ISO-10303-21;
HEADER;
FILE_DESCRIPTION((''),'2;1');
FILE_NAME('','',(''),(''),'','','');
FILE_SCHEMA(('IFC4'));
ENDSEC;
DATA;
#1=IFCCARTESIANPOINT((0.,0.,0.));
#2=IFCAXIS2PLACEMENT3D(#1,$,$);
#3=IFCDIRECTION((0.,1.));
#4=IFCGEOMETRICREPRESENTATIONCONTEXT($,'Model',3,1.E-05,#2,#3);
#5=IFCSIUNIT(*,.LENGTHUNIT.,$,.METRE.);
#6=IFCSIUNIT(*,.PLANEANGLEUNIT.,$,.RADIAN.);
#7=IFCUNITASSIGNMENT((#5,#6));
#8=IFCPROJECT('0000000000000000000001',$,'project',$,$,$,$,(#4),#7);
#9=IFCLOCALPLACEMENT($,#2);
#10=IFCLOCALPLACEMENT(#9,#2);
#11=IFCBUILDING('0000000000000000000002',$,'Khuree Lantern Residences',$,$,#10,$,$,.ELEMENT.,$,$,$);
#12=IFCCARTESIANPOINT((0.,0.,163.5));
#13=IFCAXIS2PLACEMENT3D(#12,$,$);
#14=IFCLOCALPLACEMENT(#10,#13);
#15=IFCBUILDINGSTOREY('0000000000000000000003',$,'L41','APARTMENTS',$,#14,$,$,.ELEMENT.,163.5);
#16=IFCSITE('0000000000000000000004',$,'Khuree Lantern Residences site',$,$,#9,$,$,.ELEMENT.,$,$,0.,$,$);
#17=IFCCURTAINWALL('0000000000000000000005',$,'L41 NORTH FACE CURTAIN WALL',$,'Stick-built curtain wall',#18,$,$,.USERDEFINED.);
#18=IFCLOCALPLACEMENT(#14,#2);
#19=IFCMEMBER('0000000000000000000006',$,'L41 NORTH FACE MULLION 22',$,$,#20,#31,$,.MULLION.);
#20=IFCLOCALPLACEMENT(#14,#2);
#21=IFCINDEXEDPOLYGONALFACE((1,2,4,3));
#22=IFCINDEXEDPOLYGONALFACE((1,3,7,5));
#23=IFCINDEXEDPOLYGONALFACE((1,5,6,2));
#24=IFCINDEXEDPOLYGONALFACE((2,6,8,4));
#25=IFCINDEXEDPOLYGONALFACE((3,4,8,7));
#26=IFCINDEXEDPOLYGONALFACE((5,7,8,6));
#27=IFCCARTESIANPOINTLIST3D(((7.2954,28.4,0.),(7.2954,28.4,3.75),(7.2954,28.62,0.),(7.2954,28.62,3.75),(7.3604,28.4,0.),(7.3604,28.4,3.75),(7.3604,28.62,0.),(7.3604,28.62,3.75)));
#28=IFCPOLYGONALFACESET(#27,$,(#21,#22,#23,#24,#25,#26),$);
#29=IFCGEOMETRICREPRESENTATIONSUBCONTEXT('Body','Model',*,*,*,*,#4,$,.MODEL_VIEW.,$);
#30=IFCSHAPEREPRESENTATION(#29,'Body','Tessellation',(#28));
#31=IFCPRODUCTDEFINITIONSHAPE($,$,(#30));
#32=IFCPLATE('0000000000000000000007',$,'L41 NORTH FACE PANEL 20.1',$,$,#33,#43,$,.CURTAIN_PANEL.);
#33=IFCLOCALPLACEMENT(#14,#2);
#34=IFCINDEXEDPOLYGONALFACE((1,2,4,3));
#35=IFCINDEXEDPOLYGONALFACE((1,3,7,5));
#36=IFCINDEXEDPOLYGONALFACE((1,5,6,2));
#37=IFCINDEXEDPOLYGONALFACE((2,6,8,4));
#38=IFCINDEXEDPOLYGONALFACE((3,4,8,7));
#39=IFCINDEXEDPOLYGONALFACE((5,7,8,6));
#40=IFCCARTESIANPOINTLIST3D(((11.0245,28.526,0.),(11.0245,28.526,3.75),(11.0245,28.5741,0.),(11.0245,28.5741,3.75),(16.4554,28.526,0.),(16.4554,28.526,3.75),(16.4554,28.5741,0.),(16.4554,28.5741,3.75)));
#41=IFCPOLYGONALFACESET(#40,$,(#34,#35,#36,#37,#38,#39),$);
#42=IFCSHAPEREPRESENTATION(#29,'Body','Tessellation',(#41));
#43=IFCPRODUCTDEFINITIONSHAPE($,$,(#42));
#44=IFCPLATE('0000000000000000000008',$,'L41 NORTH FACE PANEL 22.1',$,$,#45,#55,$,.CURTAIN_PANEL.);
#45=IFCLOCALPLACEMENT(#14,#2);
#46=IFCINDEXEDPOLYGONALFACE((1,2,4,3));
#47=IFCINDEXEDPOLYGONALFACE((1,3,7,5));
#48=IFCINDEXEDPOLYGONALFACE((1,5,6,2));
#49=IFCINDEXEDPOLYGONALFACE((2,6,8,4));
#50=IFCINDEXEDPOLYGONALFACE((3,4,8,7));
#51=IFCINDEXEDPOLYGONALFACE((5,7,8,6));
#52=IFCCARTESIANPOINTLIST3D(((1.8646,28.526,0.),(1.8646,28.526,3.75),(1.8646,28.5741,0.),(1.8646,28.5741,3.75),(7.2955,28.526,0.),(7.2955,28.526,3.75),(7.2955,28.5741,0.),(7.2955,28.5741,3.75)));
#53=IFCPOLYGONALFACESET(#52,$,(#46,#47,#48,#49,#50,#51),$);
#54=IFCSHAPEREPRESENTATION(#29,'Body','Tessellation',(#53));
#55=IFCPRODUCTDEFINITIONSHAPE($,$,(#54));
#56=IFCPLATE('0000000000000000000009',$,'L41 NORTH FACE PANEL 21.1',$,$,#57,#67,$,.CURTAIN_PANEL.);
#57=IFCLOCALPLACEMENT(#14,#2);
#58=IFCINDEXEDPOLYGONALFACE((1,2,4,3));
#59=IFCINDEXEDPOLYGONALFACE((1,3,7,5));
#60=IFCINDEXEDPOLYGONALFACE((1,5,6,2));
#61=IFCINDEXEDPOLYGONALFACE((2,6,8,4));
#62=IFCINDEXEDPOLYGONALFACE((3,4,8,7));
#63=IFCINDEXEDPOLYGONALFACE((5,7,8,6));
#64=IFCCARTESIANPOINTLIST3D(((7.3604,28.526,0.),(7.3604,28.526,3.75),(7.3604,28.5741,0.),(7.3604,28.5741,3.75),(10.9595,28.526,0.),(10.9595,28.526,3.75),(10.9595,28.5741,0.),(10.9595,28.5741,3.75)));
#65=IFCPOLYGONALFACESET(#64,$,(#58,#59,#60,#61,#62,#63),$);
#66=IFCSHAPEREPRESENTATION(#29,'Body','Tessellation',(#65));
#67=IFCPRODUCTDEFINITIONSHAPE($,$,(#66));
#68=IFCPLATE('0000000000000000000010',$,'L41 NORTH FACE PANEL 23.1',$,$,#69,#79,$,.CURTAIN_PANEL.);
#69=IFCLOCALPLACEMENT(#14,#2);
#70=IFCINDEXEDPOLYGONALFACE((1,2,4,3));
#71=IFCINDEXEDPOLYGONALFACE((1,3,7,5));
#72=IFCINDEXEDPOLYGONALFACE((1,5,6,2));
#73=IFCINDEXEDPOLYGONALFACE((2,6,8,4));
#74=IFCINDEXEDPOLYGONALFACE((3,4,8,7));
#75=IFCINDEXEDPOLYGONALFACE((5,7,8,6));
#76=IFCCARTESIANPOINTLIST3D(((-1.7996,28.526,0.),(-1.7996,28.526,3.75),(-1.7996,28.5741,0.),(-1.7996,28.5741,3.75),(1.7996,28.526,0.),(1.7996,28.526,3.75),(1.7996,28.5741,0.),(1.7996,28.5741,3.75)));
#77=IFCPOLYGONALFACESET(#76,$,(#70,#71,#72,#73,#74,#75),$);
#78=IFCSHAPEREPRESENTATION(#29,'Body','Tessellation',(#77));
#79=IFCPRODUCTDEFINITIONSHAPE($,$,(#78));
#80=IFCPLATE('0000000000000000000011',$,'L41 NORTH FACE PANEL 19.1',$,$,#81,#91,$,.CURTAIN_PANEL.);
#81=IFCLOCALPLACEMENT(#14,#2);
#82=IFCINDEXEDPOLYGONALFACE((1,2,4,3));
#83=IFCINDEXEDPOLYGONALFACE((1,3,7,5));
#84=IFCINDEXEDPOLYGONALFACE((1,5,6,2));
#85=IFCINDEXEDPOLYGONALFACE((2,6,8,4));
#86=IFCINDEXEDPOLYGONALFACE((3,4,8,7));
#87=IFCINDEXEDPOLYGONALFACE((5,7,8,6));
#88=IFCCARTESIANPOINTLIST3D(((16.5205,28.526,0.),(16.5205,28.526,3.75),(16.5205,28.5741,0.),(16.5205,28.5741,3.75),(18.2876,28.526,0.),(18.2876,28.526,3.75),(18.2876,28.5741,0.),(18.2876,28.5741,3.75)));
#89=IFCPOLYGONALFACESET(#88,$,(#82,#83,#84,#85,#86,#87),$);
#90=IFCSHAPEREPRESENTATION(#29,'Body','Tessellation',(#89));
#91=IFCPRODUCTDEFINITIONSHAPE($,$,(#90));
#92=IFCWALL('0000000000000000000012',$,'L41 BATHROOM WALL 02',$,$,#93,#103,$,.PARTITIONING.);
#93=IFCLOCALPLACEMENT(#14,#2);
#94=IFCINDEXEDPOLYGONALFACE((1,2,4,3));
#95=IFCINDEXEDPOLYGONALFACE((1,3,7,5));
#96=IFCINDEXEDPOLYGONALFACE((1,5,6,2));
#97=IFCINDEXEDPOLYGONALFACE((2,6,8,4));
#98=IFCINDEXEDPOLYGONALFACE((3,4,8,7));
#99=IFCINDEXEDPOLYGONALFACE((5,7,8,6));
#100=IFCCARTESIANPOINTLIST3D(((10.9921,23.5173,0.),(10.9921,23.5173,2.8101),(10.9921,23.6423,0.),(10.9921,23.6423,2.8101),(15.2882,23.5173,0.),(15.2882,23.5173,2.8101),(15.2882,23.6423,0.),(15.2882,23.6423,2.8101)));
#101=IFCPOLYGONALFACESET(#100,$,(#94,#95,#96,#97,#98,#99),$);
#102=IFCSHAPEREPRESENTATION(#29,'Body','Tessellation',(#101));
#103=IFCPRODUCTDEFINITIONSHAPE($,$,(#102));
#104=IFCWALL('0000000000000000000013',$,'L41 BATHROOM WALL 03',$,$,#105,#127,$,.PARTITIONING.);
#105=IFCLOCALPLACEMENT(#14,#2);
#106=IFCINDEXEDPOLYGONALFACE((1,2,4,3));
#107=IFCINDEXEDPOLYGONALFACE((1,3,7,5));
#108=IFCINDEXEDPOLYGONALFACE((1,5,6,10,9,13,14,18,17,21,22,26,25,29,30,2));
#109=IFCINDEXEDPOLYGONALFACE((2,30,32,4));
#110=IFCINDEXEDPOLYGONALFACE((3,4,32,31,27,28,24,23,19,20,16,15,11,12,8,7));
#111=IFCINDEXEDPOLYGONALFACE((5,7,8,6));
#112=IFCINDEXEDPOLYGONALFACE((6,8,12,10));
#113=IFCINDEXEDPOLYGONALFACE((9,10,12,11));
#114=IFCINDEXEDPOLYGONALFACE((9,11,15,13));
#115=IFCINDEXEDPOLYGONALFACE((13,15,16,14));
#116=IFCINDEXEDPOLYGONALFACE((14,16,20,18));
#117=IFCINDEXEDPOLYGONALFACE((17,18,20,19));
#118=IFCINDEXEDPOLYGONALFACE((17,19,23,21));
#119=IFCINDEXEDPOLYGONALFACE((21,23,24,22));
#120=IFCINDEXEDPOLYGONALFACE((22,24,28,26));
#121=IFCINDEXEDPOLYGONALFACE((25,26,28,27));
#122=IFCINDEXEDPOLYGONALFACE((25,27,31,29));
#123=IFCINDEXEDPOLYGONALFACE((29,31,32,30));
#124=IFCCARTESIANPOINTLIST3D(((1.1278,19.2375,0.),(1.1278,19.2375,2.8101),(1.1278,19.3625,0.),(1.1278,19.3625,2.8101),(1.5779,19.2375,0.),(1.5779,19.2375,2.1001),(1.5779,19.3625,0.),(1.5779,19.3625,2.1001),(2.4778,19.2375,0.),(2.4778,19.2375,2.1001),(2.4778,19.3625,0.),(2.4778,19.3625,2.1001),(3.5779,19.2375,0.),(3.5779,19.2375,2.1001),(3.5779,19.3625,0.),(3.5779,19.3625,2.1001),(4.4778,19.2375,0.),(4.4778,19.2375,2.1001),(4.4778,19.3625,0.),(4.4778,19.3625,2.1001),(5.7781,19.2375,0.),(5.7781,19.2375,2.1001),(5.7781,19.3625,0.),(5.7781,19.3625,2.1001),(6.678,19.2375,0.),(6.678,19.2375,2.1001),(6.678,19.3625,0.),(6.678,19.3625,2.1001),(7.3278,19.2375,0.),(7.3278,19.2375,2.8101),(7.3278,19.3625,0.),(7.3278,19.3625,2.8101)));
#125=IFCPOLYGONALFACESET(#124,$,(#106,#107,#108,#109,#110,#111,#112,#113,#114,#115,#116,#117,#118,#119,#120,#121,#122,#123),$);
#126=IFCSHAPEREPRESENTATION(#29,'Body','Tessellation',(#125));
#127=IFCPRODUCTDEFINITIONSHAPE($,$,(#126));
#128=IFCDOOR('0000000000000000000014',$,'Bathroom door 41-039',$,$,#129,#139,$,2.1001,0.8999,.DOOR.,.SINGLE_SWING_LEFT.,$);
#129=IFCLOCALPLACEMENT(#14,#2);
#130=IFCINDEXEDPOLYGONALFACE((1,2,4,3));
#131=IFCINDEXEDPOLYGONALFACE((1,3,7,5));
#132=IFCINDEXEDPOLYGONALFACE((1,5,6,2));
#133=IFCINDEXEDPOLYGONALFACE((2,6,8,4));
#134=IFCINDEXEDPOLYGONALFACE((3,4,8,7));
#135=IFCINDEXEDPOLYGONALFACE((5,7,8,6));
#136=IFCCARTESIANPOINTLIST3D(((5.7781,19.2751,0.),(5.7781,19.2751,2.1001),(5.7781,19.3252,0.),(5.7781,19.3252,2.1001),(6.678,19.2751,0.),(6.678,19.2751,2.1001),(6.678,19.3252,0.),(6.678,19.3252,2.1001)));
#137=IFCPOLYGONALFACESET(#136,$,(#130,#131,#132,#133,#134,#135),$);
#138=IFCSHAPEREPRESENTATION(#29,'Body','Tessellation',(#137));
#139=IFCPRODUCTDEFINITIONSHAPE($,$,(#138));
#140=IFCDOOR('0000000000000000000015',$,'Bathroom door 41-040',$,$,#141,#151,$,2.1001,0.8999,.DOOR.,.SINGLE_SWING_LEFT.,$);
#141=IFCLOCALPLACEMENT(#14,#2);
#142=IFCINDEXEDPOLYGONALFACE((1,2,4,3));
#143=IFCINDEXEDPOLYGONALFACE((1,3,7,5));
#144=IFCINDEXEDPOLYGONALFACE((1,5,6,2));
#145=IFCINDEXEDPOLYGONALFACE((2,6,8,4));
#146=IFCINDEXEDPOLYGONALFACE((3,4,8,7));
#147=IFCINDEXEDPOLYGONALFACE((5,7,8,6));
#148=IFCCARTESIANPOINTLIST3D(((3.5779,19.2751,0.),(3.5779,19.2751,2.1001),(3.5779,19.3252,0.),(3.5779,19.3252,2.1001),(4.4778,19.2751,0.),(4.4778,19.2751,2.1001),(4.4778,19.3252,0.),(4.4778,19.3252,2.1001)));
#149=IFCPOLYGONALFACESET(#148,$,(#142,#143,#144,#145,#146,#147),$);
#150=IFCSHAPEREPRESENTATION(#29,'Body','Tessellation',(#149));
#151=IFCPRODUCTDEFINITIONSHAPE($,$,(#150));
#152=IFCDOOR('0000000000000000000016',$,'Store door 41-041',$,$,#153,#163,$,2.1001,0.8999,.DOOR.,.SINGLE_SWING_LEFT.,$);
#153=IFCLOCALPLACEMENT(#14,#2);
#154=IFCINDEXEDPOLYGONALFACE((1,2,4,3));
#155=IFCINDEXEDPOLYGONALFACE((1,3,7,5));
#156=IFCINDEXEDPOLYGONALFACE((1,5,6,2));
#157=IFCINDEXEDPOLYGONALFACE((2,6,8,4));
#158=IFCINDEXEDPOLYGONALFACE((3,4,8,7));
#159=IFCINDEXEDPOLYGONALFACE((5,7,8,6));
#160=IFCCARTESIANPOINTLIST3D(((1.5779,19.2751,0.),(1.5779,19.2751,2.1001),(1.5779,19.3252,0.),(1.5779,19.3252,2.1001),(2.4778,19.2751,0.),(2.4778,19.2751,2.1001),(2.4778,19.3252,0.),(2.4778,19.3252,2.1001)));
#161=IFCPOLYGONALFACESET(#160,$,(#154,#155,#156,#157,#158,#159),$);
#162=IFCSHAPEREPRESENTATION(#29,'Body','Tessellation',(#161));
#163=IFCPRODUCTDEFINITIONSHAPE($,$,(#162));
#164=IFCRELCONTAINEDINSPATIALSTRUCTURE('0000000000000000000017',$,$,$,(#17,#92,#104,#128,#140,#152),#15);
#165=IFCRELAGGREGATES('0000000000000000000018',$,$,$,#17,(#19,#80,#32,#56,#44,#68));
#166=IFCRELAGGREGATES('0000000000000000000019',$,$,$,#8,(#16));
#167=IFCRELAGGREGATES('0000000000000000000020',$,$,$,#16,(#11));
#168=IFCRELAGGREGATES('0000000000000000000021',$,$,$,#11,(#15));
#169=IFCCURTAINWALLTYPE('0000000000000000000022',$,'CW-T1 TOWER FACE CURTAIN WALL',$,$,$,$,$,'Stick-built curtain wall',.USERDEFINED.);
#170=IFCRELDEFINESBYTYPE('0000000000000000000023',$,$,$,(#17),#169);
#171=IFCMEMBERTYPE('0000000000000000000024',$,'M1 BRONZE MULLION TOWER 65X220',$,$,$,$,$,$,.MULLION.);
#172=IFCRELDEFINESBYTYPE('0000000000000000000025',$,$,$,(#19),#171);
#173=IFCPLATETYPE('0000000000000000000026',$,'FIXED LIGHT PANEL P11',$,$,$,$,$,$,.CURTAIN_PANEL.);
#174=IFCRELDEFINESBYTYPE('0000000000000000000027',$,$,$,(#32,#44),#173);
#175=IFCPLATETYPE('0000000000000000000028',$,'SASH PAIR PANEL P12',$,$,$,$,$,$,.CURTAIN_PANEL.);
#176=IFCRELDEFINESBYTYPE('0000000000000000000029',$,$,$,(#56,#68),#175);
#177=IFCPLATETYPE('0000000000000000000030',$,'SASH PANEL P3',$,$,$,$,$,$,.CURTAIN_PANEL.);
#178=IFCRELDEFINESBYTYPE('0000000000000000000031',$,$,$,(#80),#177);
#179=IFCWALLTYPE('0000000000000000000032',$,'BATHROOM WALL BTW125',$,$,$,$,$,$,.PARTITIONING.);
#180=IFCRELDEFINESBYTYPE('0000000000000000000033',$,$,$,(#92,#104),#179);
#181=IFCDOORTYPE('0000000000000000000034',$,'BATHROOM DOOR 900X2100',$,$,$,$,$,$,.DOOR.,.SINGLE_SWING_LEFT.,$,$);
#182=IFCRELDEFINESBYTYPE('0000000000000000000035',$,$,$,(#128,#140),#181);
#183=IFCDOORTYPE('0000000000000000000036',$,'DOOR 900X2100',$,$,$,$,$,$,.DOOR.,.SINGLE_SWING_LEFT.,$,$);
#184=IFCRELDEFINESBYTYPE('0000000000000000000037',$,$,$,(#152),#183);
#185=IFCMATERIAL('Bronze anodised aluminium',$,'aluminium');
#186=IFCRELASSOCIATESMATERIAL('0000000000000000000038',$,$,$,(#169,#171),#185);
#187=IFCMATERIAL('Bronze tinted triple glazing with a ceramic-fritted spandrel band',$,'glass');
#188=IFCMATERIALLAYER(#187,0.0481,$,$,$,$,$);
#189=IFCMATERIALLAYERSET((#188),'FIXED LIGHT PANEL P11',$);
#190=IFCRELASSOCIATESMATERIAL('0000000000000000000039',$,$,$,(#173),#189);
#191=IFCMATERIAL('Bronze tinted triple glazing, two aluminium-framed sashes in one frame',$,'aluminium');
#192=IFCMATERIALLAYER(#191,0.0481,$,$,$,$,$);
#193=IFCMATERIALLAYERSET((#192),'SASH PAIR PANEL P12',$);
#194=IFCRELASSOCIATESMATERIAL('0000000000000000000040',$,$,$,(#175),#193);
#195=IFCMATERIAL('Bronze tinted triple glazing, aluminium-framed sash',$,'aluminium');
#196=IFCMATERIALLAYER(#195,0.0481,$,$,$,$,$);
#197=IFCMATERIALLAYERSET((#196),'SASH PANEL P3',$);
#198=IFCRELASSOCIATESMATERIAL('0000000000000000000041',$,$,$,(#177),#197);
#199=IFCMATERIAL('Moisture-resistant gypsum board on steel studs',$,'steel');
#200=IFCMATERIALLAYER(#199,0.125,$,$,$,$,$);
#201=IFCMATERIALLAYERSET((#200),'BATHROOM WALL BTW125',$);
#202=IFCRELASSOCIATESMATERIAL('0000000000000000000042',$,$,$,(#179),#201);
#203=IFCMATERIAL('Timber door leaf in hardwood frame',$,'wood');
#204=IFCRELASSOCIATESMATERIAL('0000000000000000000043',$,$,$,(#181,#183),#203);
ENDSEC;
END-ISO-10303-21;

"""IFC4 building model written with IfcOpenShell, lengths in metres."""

from ifc_helpers import new_model, si_unit, direction, frame, frame_2d, origin, origin_2d, place, context, subcontext, project, spatial, rectangle, extrude, material, layer, layer_set, material_profile, profile_set, type_object, element, fill, aggregate, save


model = new_model("IFC4")

# Units and contexts
model_context = context("Model", 3, precision=1e-05, world=origin(), true_north=direction((0.0, 1.0)))
body_context = subcontext(model_context, "Body", "Model", "MODEL_VIEW")
ifc_project = project(units=[si_unit("LENGTHUNIT", "METRE"), si_unit("PLANEANGLEUNIT", "RADIAN")], contexts=[model_context])

# Site, building, storey
site_placement = place(None, origin())
site = spatial("IfcSite", under=ifc_project, at=site_placement, Name="Khuree Lantern Residences site", CompositionType="ELEMENT", RefElevation=0.0)
building_placement = place(site_placement, origin())
building = spatial("IfcBuilding", under=site, at=building_placement, Name="Khuree Lantern Residences", CompositionType="ELEMENT")
storey_placement = place(building_placement, frame((0.0, 0.0, 163.5)))
storey = spatial("IfcBuildingStorey", under=building, at=storey_placement, Name="L41", Description="APARTMENTS", CompositionType="ELEMENT", Elevation=163.5)

# Curtain wall
ifc_material_1 = material(Name="Bronze anodised aluminium", Category="aluminium")
curtain_wall_type = type_object("IfcCurtainWallType", Name="CW-T1 TOWER FACE CURTAIN WALL", ElementType="Stick-built curtain wall", PredefinedType="USERDEFINED", material=ifc_material_1)
curtain_wall_placement = place(storey_placement, origin())
curtain_wall = element("IfcCurtainWall", 1, at=curtain_wall_placement, inside=storey, type_object=curtain_wall_type, Name="L41 NORTH FACE CURTAIN WALL", ObjectType="Stick-built curtain wall", PredefinedType="USERDEFINED")

# Member
ifc_material_profile_1 = material_profile(ifc_material_1, rectangle(XDim=0.0649, YDim=0.22, at=origin_2d()), Name="M1 65X220")
ifc_profile_set_1 = profile_set([ifc_material_profile_1], Name="Bronze anodised aluminium")
member_type_1 = type_object("IfcMemberType", Name="M1 BRONZE MULLION TOWER 65X220", PredefinedType="MULLION", material=ifc_profile_set_1)
member_1_placement = place(storey_placement, frame((7.3279, 28.51, 0.0), z_axis=(0.0, 0.0, 1.0), x_axis=(-1.0, 0.0, 0.0)))
member_1 = element("IfcMember", 2, at=member_1_placement, type_object=member_type_1, Name="L41 NORTH FACE MULLION 22", PredefinedType="MULLION", context=body_context, shape_type="SweptSolid", body=[
    extrude(rectangle(XDim=0.0649, YDim=0.22, at=origin_2d()), origin(), (0.0, 0.0, 1.0), 3.75),
])

# Plates
ifc_material_2 = material(Name="Bronze tinted triple glazing with a ceramic-fritted spandrel band", Category="glass")
ifc_layer_1 = layer(ifc_material_2, 0.0481)
ifc_layer_set_1 = layer_set([ifc_layer_1], Name="FIXED LIGHT PANEL P11")
plate_type_1 = type_object("IfcPlateType", Name="FIXED LIGHT PANEL P11", PredefinedType="CURTAIN_PANEL", material=ifc_layer_set_1)
plate_1_placement = place(storey_placement, frame((13.74, 28.55, 0.0), z_axis=(0.0, 0.0, 1.0), x_axis=(-1.0, 0.0, 0.0)))
plate_1 = element("IfcPlate", 3, at=plate_1_placement, type_object=plate_type_1, Name="L41 NORTH FACE PANEL 20.1", PredefinedType="CURTAIN_PANEL", context=body_context, shape_type="SweptSolid", body=[
    extrude(rectangle(XDim=5.4309, YDim=0.0481, at=origin_2d()), origin(), (0.0, 0.0, 1.0), 3.75),
])
plate_2_placement = place(storey_placement, frame((4.5801, 28.55, 0.0), z_axis=(0.0, 0.0, 1.0), x_axis=(-1.0, 0.0, 0.0)))
plate_2 = element("IfcPlate", 4, at=plate_2_placement, type_object=plate_type_1, Name="L41 NORTH FACE PANEL 22.1", PredefinedType="CURTAIN_PANEL", context=body_context, shape_type="SweptSolid", body=[
    extrude(rectangle(XDim=5.4309, YDim=0.0481, at=origin_2d()), origin(), (0.0, 0.0, 1.0), 3.75),
])
ifc_material_3 = material(Name="Bronze tinted triple glazing, two aluminium-framed sashes in one frame", Category="aluminium")
ifc_layer_2 = layer(ifc_material_3, 0.0481)
ifc_layer_set_2 = layer_set([ifc_layer_2], Name="SASH PAIR PANEL P12")
plate_type_2 = type_object("IfcPlateType", Name="SASH PAIR PANEL P12", PredefinedType="CURTAIN_PANEL", material=ifc_layer_set_2)
plate_3_placement = place(storey_placement, frame((9.1599, 28.55, 0.0), z_axis=(0.0, 0.0, 1.0), x_axis=(-1.0, 0.0, 0.0)))
plate_3 = element("IfcPlate", 5, at=plate_3_placement, type_object=plate_type_2, Name="L41 NORTH FACE PANEL 21.1", PredefinedType="CURTAIN_PANEL", context=body_context, shape_type="SweptSolid", body=[
    extrude(rectangle(XDim=3.5991, YDim=0.0481, at=origin_2d()), origin(), (0.0, 0.0, 1.0), 3.75),
])
plate_4_placement = place(storey_placement, frame((0.0, 28.55, 0.0), z_axis=(0.0, 0.0, 1.0), x_axis=(-1.0, 0.0, 0.0)))
plate_4 = element("IfcPlate", 6, at=plate_4_placement, type_object=plate_type_2, Name="L41 NORTH FACE PANEL 23.1", PredefinedType="CURTAIN_PANEL", context=body_context, shape_type="SweptSolid", body=[
    extrude(rectangle(XDim=3.5991, YDim=0.0481, at=origin_2d()), origin(), (0.0, 0.0, 1.0), 3.75),
])
ifc_material_4 = material(Name="Bronze tinted triple glazing, aluminium-framed sash", Category="aluminium")
ifc_layer_3 = layer(ifc_material_4, 0.0481)
ifc_layer_set_3 = layer_set([ifc_layer_3], Name="SASH PANEL P3")
plate_type_3 = type_object("IfcPlateType", Name="SASH PANEL P3", PredefinedType="CURTAIN_PANEL", material=ifc_layer_set_3)
plate_5_placement = place(storey_placement, frame((17.4041, 28.55, 0.0), z_axis=(0.0, 0.0, 1.0), x_axis=(-1.0, 0.0, 0.0)))
plate_5 = element("IfcPlate", 7, at=plate_5_placement, type_object=plate_type_3, Name="L41 NORTH FACE PANEL 19.1", PredefinedType="CURTAIN_PANEL", context=body_context, shape_type="SweptSolid", body=[
    extrude(rectangle(XDim=1.7671, YDim=0.0481, at=origin_2d()), origin(), (0.0, 0.0, 1.0), 3.75),
])
aggregate(curtain_wall, [member_1, plate_5, plate_1, plate_3, plate_2, plate_4])

# Wall
ifc_material_5 = material(Name="Moisture-resistant gypsum board on steel studs", Category="steel")
ifc_layer_4 = layer(ifc_material_5, 0.125)
ifc_layer_set_4 = layer_set([ifc_layer_4], Name="BATHROOM WALL BTW125")
wall_type_1 = type_object("IfcWallType", Name="BATHROOM WALL BTW125", PredefinedType="PARTITIONING", material=ifc_layer_set_4)
wall_1_placement = place(storey_placement, frame((15.2881, 23.5798, 0.0), z_axis=(0.0, 0.0, 1.0), x_axis=(-1.0, 0.0, 0.0)))
element("IfcWall", 8, at=wall_1_placement, inside=storey, type_object=wall_type_1, Name="L41 BATHROOM WALL 02", PredefinedType="PARTITIONING", context=body_context, shape_type="SweptSolid", body=[
    extrude(rectangle(XDim=4.2961, YDim=0.125, at=frame_2d((2.1479, 0.0))), origin(), (0.0, 0.0, 1.0), 2.8101),
])

# Wall, openings, doors
wall_2_placement = place(storey_placement, frame((7.3279, 19.3, 0.0), z_axis=(0.0, 0.0, 1.0), x_axis=(-1.0, 0.0, 0.0)))
wall_2 = element("IfcWall", 9, at=wall_2_placement, inside=storey, type_object=wall_type_1, Name="L41 BATHROOM WALL 03", PredefinedType="PARTITIONING", context=body_context, shape_type="SweptSolid", body=[
    extrude(rectangle(XDim=6.2, YDim=0.125, at=frame_2d((3.1001, 0.0))), origin(), (0.0, 0.0, 1.0), 2.8101),
])
opening_1_placement = place(wall_2_placement, frame((0.6499, 0.0, 0.0)))
opening_1 = element("IfcOpeningElement", 10, at=opening_1_placement, cuts=wall_2, PredefinedType="OPENING", context=body_context, shape_type="SweptSolid", body=[
    extrude(rectangle(XDim=0.8999, YDim=2.1001, at=frame_2d((0.45, 1.05))), frame((0.0, 0.0725, 0.0), z_axis=(0.0, -1.0, 0.0), x_axis=(1.0, 0.0, 0.0)), (0.0, 0.0, 1.0), 0.145),
])
opening_2_placement = place(wall_2_placement, frame((2.8501, 0.0, 0.0)))
opening_2 = element("IfcOpeningElement", 11, at=opening_2_placement, cuts=wall_2, PredefinedType="OPENING", context=body_context, shape_type="SweptSolid", body=[
    extrude(rectangle(XDim=0.8999, YDim=2.1001, at=frame_2d((0.45, 1.05))), frame((0.0, 0.0725, 0.0), z_axis=(0.0, -1.0, 0.0), x_axis=(1.0, 0.0, 0.0)), (0.0, 0.0, 1.0), 0.145),
])
opening_3_placement = place(wall_2_placement, frame((4.8501, 0.0, 0.0)))
opening_3 = element("IfcOpeningElement", 12, at=opening_3_placement, cuts=wall_2, PredefinedType="OPENING", context=body_context, shape_type="SweptSolid", body=[
    extrude(rectangle(XDim=0.8999, YDim=2.1001, at=frame_2d((0.45, 1.05))), frame((0.0, 0.0725, 0.0), z_axis=(0.0, -1.0, 0.0), x_axis=(1.0, 0.0, 0.0)), (0.0, 0.0, 1.0), 0.145),
])
ifc_material_6 = material(Name="Timber door leaf in hardwood frame", Category="wood")
door_type_1 = type_object("IfcDoorType", Name="BATHROOM DOOR 900X2100", OperationType="SINGLE_SWING_LEFT", PredefinedType="DOOR", material=ifc_material_6)
door_1_placement = place(opening_1_placement, origin())
door_1 = element("IfcDoor", 13, at=door_1_placement, inside=storey, type_object=door_type_1, Name="Bathroom door 41-039", OperationType="SINGLE_SWING_LEFT", OverallHeight=2.1001, OverallWidth=0.8999, PredefinedType="DOOR", context=body_context, shape_type="SweptSolid", body=[
    extrude(rectangle(XDim=0.8999, YDim=2.1001, at=frame_2d((0.45, 1.05))), frame((0.0, 0.0249, 0.0), z_axis=(0.0, -1.0, 0.0), x_axis=(1.0, 0.0, 0.0)), (0.0, 0.0, 1.0), 0.05),
])
fill(opening_1, door_1)
door_2_placement = place(opening_2_placement, origin())
door_2 = element("IfcDoor", 14, at=door_2_placement, inside=storey, type_object=door_type_1, Name="Bathroom door 41-040", OperationType="SINGLE_SWING_LEFT", OverallHeight=2.1001, OverallWidth=0.8999, PredefinedType="DOOR", context=body_context, shape_type="SweptSolid", body=[
    extrude(rectangle(XDim=0.8999, YDim=2.1001, at=frame_2d((0.45, 1.05))), frame((0.0, 0.0249, 0.0), z_axis=(0.0, -1.0, 0.0), x_axis=(1.0, 0.0, 0.0)), (0.0, 0.0, 1.0), 0.05),
])
fill(opening_2, door_2)
door_type_2 = type_object("IfcDoorType", Name="DOOR 900X2100", OperationType="SINGLE_SWING_LEFT", PredefinedType="DOOR", material=ifc_material_6)
door_3_placement = place(opening_3_placement, origin())
door_3 = element("IfcDoor", 15, at=door_3_placement, inside=storey, type_object=door_type_2, Name="Store door 41-041", OperationType="SINGLE_SWING_LEFT", OverallHeight=2.1001, OverallWidth=0.8999, PredefinedType="DOOR", context=body_context, shape_type="SweptSolid", body=[
    extrude(rectangle(XDim=0.8999, YDim=2.1001, at=frame_2d((0.45, 1.05))), frame((0.0, 0.0249, 0.0), z_axis=(0.0, -1.0, 0.0), x_axis=(1.0, 0.0, 0.0)), (0.0, 0.0, 1.0), 0.05),
])
fill(opening_3, door_3)

save(model, "model.ifc")
